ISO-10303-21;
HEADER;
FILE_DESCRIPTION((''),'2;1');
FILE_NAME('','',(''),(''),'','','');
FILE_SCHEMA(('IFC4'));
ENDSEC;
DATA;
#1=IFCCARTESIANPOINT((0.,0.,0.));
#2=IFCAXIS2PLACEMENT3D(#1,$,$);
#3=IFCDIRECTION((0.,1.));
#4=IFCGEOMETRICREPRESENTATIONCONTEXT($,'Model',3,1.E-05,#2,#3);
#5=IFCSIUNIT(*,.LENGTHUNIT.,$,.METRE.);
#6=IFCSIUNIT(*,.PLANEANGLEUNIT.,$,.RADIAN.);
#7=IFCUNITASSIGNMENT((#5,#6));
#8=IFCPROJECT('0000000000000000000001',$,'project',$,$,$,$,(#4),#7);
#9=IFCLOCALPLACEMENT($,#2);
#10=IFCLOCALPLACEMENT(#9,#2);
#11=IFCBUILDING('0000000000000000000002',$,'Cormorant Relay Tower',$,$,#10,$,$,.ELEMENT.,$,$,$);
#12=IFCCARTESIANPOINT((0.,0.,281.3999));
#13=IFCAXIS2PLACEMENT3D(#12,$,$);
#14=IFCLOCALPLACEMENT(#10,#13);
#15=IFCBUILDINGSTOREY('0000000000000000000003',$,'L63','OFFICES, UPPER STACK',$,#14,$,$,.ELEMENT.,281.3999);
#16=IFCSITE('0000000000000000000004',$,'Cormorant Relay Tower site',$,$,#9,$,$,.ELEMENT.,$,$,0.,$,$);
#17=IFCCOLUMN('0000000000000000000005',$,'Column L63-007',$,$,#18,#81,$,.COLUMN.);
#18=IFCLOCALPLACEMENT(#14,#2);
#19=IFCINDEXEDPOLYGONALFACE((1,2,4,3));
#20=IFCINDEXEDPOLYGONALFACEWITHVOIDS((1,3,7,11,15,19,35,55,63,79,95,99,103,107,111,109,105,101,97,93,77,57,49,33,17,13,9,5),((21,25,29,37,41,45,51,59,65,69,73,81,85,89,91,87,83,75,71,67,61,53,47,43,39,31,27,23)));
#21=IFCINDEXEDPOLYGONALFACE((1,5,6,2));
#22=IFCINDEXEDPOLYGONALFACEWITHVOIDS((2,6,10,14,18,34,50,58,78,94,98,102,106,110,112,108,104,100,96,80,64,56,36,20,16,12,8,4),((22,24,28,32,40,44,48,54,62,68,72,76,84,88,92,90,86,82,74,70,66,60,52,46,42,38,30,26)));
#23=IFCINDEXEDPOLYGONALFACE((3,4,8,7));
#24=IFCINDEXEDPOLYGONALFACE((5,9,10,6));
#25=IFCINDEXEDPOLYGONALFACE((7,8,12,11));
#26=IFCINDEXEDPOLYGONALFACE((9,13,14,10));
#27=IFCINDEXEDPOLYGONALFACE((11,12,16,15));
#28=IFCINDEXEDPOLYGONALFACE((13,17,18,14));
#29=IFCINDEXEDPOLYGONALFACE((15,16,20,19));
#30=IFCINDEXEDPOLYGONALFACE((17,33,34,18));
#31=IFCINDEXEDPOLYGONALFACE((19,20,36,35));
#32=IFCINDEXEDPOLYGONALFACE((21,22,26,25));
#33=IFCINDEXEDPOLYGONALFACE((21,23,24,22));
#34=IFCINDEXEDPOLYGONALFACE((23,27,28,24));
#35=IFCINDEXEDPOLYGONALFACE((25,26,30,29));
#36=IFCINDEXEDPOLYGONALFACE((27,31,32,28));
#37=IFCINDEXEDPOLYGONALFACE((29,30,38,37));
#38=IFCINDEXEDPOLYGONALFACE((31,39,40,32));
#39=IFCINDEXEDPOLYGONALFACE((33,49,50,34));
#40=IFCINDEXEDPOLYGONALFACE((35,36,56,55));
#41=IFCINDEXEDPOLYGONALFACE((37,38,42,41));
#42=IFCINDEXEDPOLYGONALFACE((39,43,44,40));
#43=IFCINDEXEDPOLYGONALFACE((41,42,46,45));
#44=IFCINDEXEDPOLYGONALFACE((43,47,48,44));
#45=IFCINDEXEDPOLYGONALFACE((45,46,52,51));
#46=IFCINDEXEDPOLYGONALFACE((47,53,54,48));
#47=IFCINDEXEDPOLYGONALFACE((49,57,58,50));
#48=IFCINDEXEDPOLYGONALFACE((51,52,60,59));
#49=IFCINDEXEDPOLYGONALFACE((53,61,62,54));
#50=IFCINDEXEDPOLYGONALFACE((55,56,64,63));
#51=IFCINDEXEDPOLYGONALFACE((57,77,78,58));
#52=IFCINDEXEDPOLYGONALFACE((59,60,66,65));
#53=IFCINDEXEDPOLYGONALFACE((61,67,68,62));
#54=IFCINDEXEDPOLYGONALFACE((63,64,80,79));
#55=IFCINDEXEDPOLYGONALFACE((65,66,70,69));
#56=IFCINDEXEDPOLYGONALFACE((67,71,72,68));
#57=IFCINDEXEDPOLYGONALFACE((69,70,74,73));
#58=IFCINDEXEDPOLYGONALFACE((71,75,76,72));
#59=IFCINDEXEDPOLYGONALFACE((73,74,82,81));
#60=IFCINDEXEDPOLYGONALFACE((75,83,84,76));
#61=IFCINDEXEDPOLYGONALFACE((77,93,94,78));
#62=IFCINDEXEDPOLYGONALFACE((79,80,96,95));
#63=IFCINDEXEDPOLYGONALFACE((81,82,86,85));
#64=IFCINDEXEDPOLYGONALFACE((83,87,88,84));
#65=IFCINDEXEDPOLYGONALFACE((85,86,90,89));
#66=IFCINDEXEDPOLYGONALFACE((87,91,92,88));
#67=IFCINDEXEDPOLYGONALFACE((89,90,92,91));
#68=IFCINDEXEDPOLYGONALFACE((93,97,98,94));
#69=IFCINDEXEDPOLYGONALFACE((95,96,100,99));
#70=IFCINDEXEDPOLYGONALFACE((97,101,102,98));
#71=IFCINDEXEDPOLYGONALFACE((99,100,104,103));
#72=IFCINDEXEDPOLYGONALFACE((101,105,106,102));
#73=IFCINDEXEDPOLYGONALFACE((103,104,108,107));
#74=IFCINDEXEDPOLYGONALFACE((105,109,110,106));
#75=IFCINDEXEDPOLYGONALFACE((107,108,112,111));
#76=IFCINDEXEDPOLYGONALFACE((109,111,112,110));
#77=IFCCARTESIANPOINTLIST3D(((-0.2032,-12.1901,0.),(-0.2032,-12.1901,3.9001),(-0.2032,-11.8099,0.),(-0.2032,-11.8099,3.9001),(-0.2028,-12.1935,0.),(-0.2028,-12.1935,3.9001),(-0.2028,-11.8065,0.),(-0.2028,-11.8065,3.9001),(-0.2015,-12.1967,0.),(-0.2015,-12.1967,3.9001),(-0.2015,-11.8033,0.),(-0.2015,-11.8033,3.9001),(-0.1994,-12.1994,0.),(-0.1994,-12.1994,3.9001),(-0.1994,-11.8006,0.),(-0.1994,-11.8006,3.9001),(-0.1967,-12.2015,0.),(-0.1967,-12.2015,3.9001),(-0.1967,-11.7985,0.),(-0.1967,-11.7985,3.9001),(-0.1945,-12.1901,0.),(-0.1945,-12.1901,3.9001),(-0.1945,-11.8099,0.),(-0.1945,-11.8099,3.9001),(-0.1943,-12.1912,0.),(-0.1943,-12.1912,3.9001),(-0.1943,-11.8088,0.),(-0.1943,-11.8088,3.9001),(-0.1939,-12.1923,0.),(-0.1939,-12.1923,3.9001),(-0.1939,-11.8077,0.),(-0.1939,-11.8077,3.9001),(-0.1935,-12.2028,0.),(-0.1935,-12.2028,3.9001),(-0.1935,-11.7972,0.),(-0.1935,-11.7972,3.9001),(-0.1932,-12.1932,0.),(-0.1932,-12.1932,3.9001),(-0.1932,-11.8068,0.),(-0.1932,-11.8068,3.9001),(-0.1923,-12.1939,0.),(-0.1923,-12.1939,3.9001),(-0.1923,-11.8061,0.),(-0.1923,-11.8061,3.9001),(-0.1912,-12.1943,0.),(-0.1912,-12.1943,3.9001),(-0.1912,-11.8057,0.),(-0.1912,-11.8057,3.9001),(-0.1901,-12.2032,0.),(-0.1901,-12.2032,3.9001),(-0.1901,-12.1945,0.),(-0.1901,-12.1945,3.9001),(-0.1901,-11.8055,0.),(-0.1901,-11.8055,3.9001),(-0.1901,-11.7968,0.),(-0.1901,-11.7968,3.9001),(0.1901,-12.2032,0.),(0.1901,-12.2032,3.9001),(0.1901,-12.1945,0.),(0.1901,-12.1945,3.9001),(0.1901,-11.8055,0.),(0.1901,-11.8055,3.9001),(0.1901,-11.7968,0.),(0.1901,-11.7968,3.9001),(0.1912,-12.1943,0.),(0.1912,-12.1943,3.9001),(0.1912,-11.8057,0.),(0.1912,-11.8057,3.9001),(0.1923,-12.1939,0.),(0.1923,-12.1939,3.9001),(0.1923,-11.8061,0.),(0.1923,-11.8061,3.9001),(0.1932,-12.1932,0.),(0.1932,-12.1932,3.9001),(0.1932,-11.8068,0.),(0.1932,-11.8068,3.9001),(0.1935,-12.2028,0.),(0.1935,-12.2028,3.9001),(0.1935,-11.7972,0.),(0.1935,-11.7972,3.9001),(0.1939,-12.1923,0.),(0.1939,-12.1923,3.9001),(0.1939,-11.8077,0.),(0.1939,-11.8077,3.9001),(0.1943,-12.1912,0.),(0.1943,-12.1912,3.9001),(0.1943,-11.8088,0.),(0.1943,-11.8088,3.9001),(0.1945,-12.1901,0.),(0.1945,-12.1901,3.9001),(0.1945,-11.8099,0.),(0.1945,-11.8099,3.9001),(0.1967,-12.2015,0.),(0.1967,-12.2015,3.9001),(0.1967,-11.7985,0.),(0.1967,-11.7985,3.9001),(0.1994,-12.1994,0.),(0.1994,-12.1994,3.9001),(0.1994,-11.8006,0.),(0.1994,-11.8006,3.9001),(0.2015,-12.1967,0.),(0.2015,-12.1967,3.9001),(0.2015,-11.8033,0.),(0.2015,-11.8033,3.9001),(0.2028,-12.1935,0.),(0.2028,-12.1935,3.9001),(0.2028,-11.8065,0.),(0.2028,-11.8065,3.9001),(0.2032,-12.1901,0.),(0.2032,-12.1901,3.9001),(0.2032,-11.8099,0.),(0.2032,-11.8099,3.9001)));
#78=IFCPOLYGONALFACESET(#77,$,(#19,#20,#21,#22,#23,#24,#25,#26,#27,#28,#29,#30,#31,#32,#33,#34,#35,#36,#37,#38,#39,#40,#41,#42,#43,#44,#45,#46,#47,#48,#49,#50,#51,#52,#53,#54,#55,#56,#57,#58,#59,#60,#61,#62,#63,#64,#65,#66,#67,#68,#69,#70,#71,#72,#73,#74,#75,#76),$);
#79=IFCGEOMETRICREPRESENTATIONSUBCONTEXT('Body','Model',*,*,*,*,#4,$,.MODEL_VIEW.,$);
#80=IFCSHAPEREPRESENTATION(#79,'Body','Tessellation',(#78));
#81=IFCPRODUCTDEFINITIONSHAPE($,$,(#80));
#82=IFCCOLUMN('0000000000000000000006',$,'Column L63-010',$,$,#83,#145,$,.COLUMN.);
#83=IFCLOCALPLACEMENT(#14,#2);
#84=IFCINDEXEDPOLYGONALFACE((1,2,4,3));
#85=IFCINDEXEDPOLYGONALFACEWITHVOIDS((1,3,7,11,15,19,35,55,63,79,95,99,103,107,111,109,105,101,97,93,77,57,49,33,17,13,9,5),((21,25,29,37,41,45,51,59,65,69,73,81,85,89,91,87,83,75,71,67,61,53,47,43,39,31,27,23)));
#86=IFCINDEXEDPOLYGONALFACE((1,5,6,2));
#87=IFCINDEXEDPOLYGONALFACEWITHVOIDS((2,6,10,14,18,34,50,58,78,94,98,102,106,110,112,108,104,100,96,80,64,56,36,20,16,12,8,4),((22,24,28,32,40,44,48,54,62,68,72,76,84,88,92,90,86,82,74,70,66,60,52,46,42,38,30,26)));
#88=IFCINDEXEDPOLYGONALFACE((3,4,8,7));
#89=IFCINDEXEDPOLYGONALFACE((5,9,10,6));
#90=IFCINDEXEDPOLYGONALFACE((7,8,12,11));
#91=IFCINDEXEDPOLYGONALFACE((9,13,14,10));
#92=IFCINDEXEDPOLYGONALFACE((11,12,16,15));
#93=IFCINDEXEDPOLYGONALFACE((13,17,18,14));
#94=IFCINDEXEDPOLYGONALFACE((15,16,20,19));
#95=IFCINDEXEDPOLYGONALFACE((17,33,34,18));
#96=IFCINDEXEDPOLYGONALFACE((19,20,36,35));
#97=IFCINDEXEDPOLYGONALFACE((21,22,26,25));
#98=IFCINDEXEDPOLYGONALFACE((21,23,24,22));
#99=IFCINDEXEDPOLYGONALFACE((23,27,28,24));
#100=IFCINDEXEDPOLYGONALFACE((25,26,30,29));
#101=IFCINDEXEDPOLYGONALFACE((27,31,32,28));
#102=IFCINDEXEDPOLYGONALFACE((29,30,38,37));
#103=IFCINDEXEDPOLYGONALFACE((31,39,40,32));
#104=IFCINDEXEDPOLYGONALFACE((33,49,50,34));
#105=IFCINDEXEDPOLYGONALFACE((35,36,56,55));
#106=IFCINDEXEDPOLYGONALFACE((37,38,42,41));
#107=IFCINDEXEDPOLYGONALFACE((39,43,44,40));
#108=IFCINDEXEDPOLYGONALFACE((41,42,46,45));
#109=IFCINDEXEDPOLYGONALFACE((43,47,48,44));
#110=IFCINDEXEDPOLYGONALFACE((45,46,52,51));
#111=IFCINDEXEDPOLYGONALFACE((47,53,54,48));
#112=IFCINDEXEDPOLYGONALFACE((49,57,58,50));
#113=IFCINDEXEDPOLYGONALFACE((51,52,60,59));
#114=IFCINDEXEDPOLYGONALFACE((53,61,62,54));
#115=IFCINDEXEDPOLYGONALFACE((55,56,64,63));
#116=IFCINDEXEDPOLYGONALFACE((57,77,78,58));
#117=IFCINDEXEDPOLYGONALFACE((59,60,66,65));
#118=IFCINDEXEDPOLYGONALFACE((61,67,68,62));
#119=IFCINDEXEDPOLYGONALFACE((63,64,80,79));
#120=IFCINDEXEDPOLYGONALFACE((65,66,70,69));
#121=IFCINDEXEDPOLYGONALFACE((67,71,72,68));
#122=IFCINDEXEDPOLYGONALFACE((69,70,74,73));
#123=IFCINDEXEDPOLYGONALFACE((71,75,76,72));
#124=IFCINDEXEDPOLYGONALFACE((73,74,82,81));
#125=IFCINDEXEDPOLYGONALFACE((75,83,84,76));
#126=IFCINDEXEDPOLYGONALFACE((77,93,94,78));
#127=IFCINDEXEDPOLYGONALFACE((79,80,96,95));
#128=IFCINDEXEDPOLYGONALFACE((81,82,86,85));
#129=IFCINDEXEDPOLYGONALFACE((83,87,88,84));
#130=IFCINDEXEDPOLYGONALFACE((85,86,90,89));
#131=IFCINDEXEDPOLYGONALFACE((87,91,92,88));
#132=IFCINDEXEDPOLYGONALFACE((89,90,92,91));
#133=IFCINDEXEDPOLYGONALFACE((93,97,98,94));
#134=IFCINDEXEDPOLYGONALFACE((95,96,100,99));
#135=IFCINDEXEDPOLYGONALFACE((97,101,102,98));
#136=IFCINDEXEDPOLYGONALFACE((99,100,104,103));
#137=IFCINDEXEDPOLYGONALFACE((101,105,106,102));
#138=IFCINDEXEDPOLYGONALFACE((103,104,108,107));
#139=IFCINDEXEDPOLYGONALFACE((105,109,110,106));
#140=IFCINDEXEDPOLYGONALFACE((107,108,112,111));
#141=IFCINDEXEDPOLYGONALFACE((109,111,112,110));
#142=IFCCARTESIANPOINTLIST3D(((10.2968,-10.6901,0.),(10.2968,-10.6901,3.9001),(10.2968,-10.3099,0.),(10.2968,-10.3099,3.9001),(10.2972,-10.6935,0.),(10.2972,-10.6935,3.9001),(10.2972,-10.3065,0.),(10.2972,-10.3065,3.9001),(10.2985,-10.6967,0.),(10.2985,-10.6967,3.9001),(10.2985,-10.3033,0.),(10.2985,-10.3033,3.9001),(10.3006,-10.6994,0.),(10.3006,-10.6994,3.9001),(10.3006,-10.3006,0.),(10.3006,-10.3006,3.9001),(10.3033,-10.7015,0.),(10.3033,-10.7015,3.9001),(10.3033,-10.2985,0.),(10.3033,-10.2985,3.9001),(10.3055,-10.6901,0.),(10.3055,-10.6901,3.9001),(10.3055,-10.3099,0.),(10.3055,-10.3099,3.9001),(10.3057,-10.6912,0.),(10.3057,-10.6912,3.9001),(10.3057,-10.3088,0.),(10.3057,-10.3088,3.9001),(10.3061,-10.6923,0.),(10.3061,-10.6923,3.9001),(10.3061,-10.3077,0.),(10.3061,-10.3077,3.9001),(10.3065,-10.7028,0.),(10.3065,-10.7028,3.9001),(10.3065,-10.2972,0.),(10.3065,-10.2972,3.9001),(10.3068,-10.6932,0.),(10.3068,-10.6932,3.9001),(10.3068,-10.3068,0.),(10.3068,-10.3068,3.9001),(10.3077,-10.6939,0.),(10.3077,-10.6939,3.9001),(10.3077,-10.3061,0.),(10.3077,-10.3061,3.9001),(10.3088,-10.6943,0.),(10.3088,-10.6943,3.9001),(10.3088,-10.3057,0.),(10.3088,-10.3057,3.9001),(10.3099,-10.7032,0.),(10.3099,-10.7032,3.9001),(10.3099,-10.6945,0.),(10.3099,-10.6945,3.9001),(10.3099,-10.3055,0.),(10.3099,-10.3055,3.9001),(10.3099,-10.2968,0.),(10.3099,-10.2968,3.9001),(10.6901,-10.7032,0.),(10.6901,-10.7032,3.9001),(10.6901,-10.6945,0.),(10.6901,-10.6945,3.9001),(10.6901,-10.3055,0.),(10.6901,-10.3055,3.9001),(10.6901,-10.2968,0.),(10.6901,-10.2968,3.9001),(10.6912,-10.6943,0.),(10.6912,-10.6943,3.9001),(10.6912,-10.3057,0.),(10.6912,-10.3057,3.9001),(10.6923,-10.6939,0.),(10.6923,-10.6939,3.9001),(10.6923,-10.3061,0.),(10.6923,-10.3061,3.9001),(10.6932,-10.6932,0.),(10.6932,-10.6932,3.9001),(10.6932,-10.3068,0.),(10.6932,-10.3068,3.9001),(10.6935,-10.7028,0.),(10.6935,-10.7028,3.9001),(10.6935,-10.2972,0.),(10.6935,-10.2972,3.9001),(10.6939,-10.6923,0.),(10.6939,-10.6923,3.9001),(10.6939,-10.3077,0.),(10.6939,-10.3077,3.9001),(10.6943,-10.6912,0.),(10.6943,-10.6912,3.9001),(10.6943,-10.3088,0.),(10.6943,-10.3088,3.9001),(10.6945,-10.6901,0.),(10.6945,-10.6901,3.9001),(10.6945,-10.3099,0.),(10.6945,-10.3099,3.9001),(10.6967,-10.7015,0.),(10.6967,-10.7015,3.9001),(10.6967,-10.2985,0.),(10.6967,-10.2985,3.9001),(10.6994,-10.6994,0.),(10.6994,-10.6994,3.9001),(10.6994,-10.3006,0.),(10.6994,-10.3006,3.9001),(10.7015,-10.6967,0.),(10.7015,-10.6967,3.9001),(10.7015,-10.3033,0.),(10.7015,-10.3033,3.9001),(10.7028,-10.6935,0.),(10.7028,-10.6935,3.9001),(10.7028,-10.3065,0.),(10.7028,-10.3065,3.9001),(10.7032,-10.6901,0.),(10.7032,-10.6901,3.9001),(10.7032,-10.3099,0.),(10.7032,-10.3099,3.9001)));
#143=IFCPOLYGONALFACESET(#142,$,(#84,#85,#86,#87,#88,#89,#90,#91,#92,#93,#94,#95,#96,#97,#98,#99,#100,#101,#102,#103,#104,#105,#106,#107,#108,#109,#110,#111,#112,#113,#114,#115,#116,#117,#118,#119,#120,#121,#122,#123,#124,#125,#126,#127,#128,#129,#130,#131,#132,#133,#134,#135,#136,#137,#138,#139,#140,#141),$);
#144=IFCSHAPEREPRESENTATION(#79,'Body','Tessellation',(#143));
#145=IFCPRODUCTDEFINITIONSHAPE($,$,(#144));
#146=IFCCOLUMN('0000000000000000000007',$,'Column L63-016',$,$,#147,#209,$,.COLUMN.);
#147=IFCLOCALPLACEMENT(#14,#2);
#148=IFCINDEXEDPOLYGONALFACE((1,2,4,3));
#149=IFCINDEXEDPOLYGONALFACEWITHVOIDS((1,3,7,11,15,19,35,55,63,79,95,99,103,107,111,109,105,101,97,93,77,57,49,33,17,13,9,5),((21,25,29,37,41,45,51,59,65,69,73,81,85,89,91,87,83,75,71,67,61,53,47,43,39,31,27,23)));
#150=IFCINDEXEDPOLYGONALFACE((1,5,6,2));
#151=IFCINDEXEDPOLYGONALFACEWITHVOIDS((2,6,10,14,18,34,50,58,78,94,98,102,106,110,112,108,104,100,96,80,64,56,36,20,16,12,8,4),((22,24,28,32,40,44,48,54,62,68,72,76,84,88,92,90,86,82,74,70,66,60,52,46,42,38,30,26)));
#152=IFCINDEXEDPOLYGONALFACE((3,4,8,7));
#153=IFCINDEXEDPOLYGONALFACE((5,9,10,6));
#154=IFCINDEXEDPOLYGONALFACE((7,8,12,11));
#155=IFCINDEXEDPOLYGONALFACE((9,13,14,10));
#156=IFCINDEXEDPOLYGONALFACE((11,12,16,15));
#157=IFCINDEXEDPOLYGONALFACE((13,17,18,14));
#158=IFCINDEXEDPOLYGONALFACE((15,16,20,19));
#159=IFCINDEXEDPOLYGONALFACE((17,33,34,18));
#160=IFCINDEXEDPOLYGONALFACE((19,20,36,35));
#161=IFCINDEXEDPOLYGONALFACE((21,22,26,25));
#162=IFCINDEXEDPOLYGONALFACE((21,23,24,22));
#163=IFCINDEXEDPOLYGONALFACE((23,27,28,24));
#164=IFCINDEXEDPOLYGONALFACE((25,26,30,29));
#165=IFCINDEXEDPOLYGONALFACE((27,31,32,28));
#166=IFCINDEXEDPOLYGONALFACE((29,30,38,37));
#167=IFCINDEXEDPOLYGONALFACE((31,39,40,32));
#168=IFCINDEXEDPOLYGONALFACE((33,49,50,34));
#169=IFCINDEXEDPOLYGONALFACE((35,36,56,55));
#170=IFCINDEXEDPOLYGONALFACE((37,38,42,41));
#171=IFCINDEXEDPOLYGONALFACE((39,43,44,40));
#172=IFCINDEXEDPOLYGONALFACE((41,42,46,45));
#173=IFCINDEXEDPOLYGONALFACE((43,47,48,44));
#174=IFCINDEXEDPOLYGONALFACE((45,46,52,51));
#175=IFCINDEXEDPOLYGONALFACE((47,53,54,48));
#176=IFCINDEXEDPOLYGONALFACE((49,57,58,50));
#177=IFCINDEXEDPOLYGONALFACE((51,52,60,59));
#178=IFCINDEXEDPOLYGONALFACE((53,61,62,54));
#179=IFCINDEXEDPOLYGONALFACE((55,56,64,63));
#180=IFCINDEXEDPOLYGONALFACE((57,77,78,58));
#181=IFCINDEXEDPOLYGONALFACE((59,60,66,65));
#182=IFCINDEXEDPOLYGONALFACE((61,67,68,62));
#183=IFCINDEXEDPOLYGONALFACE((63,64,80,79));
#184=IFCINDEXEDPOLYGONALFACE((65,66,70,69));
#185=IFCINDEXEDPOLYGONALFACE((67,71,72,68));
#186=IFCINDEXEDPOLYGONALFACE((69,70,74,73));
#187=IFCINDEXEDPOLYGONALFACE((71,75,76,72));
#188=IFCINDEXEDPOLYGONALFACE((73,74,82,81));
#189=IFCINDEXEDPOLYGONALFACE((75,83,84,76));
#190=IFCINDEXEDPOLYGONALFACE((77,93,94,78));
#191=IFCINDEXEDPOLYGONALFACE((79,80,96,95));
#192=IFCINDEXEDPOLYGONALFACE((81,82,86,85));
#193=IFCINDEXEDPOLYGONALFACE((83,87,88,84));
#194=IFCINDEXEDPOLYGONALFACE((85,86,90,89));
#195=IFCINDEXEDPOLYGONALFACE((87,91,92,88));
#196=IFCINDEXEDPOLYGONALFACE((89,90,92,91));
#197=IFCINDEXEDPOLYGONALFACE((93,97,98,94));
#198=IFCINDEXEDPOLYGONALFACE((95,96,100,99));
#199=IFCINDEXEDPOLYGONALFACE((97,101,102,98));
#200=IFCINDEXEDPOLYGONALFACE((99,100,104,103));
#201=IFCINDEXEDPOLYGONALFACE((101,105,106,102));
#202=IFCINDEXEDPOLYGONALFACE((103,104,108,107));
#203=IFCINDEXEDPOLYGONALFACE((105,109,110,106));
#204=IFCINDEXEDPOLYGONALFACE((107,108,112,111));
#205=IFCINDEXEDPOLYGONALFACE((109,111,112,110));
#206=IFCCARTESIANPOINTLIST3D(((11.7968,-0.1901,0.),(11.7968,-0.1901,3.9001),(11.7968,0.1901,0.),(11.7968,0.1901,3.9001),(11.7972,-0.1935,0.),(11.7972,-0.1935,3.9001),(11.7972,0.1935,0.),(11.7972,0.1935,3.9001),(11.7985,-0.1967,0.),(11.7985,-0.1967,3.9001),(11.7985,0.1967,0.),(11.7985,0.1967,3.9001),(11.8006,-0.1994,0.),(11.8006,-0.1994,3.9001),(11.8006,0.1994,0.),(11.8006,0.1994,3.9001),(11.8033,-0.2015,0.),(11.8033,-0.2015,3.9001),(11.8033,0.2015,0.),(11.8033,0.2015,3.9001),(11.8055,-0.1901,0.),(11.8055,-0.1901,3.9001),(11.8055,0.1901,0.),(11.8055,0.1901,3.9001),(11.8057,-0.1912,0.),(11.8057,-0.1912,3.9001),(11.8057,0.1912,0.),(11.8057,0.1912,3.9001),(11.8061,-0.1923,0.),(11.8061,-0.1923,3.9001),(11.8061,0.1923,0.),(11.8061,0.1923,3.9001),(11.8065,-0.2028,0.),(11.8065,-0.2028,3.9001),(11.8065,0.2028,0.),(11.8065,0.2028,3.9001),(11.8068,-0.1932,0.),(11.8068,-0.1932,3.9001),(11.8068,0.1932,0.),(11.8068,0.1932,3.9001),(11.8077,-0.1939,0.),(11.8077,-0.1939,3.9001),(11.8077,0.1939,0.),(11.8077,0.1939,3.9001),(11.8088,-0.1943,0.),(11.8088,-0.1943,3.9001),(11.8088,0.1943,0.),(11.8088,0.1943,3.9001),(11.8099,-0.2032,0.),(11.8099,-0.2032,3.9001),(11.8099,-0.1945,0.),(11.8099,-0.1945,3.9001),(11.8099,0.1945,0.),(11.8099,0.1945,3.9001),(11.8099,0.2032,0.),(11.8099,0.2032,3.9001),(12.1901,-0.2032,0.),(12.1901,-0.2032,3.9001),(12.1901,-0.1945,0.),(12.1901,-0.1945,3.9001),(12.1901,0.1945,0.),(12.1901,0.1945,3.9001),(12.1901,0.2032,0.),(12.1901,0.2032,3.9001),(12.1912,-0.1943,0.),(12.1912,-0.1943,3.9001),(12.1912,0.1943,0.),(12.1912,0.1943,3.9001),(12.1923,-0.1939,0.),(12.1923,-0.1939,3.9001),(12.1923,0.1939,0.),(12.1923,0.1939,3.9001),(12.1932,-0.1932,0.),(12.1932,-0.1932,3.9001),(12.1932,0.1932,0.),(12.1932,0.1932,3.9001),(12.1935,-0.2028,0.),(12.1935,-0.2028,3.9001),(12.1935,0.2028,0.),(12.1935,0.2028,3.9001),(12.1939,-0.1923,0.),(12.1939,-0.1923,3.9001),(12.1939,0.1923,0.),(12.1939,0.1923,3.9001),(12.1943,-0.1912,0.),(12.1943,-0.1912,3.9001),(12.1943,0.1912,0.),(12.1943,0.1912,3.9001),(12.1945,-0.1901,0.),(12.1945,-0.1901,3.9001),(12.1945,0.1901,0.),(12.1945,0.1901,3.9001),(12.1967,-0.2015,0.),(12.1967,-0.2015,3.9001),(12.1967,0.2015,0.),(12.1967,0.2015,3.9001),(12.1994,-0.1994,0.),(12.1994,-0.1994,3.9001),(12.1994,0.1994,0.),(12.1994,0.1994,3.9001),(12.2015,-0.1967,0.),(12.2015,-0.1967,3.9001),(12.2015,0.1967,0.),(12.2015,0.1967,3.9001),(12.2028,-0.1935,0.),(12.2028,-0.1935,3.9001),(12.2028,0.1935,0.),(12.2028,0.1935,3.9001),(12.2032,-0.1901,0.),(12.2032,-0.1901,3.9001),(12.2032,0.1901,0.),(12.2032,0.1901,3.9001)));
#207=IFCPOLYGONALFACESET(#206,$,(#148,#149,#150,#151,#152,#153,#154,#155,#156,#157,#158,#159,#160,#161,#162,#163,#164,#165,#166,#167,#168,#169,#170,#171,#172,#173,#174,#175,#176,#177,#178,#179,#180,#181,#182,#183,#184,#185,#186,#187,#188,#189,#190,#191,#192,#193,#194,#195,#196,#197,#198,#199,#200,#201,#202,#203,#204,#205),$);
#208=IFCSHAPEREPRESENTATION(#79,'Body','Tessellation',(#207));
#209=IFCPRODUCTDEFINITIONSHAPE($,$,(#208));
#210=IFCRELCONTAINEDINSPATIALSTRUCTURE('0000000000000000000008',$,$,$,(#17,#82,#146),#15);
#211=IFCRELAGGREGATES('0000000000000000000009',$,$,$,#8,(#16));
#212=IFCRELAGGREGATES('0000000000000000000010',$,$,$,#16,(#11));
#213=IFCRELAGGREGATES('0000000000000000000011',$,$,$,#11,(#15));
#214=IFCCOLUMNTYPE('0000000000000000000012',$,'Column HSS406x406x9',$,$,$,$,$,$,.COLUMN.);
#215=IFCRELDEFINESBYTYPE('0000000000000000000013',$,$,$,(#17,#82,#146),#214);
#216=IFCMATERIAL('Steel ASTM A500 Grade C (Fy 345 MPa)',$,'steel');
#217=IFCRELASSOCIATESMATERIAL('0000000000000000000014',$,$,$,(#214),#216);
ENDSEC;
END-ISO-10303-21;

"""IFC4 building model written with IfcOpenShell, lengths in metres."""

from ifc_helpers import new_model, si_unit, direction, frame, origin, origin_2d, place, context, subcontext, project, spatial, hollow_rectangle, extrude, material, material_profile, profile_set, type_object, element, save


model = new_model("IFC4")

# Units and contexts
model_context = context("Model", 3, precision=1e-05, world=origin(), true_north=direction((0.0, 1.0)))
body_context = subcontext(model_context, "Body", "Model", "MODEL_VIEW")
ifc_project = project(units=[si_unit("LENGTHUNIT", "METRE"), si_unit("PLANEANGLEUNIT", "RADIAN")], contexts=[model_context])

# Site, building, storey
site_placement = place(None, origin())
site = spatial("IfcSite", under=ifc_project, at=site_placement, Name="Cormorant Relay Tower site", CompositionType="ELEMENT", RefElevation=0.0)
building_placement = place(site_placement, origin())
building = spatial("IfcBuilding", under=site, at=building_placement, Name="Cormorant Relay Tower", CompositionType="ELEMENT")
storey_placement = place(building_placement, frame((0.0, 0.0, 281.3999)))
storey = spatial("IfcBuildingStorey", under=building, at=storey_placement, Name="L63", Description="OFFICES, UPPER STACK", CompositionType="ELEMENT", Elevation=281.3999)

# Columns
ifc_material_1 = material(Name="Steel ASTM A500 Grade C (Fy 345 MPa)", Category="steel")
ifc_material_profile = material_profile(ifc_material_1, hollow_rectangle(XDim=0.4065, YDim=0.4065, WallThickness=0.0088, InnerFilletRadius=0.0044, OuterFilletRadius=0.0132, at=origin_2d()), Name="HSS406x406x9")
ifc_profile_set = profile_set([ifc_material_profile], Name="Steel ASTM A500 Grade C (Fy 345 MPa)")
column_type = type_object("IfcColumnType", Name="Column HSS406x406x9", PredefinedType="COLUMN", material=ifc_profile_set)
for number, where, z_axis, x_axis, name in (
    (1, (0.0, -12.0, 0.0), (0.0, 0.0, 1.0), (1.0, 0.0, 0.0), "Column L63-007"),
    (2, (10.5, -10.5, 0.0), (0.0, 0.0, 1.0), (1.0, 0.0, 0.0), "Column L63-010"),
    (3, (12.0, 0.0, 0.0), (0.0, 0.0, 1.0), (1.0, 0.0, 0.0), "Column L63-016"),
):
    element("IfcColumn", number, at=place(storey_placement, frame(where, z_axis=z_axis, x_axis=x_axis)), inside=storey, type_object=column_type, Name=name, PredefinedType="COLUMN", context=body_context, shape_type="SweptSolid", body=[
        extrude(hollow_rectangle(XDim=0.4065, YDim=0.4065, WallThickness=0.0088, InnerFilletRadius=0.0044, OuterFilletRadius=0.0132, at=origin_2d()), origin(), (0.0, 0.0, 1.0), 3.9001),
    ])

save(model, "model.ifc")
